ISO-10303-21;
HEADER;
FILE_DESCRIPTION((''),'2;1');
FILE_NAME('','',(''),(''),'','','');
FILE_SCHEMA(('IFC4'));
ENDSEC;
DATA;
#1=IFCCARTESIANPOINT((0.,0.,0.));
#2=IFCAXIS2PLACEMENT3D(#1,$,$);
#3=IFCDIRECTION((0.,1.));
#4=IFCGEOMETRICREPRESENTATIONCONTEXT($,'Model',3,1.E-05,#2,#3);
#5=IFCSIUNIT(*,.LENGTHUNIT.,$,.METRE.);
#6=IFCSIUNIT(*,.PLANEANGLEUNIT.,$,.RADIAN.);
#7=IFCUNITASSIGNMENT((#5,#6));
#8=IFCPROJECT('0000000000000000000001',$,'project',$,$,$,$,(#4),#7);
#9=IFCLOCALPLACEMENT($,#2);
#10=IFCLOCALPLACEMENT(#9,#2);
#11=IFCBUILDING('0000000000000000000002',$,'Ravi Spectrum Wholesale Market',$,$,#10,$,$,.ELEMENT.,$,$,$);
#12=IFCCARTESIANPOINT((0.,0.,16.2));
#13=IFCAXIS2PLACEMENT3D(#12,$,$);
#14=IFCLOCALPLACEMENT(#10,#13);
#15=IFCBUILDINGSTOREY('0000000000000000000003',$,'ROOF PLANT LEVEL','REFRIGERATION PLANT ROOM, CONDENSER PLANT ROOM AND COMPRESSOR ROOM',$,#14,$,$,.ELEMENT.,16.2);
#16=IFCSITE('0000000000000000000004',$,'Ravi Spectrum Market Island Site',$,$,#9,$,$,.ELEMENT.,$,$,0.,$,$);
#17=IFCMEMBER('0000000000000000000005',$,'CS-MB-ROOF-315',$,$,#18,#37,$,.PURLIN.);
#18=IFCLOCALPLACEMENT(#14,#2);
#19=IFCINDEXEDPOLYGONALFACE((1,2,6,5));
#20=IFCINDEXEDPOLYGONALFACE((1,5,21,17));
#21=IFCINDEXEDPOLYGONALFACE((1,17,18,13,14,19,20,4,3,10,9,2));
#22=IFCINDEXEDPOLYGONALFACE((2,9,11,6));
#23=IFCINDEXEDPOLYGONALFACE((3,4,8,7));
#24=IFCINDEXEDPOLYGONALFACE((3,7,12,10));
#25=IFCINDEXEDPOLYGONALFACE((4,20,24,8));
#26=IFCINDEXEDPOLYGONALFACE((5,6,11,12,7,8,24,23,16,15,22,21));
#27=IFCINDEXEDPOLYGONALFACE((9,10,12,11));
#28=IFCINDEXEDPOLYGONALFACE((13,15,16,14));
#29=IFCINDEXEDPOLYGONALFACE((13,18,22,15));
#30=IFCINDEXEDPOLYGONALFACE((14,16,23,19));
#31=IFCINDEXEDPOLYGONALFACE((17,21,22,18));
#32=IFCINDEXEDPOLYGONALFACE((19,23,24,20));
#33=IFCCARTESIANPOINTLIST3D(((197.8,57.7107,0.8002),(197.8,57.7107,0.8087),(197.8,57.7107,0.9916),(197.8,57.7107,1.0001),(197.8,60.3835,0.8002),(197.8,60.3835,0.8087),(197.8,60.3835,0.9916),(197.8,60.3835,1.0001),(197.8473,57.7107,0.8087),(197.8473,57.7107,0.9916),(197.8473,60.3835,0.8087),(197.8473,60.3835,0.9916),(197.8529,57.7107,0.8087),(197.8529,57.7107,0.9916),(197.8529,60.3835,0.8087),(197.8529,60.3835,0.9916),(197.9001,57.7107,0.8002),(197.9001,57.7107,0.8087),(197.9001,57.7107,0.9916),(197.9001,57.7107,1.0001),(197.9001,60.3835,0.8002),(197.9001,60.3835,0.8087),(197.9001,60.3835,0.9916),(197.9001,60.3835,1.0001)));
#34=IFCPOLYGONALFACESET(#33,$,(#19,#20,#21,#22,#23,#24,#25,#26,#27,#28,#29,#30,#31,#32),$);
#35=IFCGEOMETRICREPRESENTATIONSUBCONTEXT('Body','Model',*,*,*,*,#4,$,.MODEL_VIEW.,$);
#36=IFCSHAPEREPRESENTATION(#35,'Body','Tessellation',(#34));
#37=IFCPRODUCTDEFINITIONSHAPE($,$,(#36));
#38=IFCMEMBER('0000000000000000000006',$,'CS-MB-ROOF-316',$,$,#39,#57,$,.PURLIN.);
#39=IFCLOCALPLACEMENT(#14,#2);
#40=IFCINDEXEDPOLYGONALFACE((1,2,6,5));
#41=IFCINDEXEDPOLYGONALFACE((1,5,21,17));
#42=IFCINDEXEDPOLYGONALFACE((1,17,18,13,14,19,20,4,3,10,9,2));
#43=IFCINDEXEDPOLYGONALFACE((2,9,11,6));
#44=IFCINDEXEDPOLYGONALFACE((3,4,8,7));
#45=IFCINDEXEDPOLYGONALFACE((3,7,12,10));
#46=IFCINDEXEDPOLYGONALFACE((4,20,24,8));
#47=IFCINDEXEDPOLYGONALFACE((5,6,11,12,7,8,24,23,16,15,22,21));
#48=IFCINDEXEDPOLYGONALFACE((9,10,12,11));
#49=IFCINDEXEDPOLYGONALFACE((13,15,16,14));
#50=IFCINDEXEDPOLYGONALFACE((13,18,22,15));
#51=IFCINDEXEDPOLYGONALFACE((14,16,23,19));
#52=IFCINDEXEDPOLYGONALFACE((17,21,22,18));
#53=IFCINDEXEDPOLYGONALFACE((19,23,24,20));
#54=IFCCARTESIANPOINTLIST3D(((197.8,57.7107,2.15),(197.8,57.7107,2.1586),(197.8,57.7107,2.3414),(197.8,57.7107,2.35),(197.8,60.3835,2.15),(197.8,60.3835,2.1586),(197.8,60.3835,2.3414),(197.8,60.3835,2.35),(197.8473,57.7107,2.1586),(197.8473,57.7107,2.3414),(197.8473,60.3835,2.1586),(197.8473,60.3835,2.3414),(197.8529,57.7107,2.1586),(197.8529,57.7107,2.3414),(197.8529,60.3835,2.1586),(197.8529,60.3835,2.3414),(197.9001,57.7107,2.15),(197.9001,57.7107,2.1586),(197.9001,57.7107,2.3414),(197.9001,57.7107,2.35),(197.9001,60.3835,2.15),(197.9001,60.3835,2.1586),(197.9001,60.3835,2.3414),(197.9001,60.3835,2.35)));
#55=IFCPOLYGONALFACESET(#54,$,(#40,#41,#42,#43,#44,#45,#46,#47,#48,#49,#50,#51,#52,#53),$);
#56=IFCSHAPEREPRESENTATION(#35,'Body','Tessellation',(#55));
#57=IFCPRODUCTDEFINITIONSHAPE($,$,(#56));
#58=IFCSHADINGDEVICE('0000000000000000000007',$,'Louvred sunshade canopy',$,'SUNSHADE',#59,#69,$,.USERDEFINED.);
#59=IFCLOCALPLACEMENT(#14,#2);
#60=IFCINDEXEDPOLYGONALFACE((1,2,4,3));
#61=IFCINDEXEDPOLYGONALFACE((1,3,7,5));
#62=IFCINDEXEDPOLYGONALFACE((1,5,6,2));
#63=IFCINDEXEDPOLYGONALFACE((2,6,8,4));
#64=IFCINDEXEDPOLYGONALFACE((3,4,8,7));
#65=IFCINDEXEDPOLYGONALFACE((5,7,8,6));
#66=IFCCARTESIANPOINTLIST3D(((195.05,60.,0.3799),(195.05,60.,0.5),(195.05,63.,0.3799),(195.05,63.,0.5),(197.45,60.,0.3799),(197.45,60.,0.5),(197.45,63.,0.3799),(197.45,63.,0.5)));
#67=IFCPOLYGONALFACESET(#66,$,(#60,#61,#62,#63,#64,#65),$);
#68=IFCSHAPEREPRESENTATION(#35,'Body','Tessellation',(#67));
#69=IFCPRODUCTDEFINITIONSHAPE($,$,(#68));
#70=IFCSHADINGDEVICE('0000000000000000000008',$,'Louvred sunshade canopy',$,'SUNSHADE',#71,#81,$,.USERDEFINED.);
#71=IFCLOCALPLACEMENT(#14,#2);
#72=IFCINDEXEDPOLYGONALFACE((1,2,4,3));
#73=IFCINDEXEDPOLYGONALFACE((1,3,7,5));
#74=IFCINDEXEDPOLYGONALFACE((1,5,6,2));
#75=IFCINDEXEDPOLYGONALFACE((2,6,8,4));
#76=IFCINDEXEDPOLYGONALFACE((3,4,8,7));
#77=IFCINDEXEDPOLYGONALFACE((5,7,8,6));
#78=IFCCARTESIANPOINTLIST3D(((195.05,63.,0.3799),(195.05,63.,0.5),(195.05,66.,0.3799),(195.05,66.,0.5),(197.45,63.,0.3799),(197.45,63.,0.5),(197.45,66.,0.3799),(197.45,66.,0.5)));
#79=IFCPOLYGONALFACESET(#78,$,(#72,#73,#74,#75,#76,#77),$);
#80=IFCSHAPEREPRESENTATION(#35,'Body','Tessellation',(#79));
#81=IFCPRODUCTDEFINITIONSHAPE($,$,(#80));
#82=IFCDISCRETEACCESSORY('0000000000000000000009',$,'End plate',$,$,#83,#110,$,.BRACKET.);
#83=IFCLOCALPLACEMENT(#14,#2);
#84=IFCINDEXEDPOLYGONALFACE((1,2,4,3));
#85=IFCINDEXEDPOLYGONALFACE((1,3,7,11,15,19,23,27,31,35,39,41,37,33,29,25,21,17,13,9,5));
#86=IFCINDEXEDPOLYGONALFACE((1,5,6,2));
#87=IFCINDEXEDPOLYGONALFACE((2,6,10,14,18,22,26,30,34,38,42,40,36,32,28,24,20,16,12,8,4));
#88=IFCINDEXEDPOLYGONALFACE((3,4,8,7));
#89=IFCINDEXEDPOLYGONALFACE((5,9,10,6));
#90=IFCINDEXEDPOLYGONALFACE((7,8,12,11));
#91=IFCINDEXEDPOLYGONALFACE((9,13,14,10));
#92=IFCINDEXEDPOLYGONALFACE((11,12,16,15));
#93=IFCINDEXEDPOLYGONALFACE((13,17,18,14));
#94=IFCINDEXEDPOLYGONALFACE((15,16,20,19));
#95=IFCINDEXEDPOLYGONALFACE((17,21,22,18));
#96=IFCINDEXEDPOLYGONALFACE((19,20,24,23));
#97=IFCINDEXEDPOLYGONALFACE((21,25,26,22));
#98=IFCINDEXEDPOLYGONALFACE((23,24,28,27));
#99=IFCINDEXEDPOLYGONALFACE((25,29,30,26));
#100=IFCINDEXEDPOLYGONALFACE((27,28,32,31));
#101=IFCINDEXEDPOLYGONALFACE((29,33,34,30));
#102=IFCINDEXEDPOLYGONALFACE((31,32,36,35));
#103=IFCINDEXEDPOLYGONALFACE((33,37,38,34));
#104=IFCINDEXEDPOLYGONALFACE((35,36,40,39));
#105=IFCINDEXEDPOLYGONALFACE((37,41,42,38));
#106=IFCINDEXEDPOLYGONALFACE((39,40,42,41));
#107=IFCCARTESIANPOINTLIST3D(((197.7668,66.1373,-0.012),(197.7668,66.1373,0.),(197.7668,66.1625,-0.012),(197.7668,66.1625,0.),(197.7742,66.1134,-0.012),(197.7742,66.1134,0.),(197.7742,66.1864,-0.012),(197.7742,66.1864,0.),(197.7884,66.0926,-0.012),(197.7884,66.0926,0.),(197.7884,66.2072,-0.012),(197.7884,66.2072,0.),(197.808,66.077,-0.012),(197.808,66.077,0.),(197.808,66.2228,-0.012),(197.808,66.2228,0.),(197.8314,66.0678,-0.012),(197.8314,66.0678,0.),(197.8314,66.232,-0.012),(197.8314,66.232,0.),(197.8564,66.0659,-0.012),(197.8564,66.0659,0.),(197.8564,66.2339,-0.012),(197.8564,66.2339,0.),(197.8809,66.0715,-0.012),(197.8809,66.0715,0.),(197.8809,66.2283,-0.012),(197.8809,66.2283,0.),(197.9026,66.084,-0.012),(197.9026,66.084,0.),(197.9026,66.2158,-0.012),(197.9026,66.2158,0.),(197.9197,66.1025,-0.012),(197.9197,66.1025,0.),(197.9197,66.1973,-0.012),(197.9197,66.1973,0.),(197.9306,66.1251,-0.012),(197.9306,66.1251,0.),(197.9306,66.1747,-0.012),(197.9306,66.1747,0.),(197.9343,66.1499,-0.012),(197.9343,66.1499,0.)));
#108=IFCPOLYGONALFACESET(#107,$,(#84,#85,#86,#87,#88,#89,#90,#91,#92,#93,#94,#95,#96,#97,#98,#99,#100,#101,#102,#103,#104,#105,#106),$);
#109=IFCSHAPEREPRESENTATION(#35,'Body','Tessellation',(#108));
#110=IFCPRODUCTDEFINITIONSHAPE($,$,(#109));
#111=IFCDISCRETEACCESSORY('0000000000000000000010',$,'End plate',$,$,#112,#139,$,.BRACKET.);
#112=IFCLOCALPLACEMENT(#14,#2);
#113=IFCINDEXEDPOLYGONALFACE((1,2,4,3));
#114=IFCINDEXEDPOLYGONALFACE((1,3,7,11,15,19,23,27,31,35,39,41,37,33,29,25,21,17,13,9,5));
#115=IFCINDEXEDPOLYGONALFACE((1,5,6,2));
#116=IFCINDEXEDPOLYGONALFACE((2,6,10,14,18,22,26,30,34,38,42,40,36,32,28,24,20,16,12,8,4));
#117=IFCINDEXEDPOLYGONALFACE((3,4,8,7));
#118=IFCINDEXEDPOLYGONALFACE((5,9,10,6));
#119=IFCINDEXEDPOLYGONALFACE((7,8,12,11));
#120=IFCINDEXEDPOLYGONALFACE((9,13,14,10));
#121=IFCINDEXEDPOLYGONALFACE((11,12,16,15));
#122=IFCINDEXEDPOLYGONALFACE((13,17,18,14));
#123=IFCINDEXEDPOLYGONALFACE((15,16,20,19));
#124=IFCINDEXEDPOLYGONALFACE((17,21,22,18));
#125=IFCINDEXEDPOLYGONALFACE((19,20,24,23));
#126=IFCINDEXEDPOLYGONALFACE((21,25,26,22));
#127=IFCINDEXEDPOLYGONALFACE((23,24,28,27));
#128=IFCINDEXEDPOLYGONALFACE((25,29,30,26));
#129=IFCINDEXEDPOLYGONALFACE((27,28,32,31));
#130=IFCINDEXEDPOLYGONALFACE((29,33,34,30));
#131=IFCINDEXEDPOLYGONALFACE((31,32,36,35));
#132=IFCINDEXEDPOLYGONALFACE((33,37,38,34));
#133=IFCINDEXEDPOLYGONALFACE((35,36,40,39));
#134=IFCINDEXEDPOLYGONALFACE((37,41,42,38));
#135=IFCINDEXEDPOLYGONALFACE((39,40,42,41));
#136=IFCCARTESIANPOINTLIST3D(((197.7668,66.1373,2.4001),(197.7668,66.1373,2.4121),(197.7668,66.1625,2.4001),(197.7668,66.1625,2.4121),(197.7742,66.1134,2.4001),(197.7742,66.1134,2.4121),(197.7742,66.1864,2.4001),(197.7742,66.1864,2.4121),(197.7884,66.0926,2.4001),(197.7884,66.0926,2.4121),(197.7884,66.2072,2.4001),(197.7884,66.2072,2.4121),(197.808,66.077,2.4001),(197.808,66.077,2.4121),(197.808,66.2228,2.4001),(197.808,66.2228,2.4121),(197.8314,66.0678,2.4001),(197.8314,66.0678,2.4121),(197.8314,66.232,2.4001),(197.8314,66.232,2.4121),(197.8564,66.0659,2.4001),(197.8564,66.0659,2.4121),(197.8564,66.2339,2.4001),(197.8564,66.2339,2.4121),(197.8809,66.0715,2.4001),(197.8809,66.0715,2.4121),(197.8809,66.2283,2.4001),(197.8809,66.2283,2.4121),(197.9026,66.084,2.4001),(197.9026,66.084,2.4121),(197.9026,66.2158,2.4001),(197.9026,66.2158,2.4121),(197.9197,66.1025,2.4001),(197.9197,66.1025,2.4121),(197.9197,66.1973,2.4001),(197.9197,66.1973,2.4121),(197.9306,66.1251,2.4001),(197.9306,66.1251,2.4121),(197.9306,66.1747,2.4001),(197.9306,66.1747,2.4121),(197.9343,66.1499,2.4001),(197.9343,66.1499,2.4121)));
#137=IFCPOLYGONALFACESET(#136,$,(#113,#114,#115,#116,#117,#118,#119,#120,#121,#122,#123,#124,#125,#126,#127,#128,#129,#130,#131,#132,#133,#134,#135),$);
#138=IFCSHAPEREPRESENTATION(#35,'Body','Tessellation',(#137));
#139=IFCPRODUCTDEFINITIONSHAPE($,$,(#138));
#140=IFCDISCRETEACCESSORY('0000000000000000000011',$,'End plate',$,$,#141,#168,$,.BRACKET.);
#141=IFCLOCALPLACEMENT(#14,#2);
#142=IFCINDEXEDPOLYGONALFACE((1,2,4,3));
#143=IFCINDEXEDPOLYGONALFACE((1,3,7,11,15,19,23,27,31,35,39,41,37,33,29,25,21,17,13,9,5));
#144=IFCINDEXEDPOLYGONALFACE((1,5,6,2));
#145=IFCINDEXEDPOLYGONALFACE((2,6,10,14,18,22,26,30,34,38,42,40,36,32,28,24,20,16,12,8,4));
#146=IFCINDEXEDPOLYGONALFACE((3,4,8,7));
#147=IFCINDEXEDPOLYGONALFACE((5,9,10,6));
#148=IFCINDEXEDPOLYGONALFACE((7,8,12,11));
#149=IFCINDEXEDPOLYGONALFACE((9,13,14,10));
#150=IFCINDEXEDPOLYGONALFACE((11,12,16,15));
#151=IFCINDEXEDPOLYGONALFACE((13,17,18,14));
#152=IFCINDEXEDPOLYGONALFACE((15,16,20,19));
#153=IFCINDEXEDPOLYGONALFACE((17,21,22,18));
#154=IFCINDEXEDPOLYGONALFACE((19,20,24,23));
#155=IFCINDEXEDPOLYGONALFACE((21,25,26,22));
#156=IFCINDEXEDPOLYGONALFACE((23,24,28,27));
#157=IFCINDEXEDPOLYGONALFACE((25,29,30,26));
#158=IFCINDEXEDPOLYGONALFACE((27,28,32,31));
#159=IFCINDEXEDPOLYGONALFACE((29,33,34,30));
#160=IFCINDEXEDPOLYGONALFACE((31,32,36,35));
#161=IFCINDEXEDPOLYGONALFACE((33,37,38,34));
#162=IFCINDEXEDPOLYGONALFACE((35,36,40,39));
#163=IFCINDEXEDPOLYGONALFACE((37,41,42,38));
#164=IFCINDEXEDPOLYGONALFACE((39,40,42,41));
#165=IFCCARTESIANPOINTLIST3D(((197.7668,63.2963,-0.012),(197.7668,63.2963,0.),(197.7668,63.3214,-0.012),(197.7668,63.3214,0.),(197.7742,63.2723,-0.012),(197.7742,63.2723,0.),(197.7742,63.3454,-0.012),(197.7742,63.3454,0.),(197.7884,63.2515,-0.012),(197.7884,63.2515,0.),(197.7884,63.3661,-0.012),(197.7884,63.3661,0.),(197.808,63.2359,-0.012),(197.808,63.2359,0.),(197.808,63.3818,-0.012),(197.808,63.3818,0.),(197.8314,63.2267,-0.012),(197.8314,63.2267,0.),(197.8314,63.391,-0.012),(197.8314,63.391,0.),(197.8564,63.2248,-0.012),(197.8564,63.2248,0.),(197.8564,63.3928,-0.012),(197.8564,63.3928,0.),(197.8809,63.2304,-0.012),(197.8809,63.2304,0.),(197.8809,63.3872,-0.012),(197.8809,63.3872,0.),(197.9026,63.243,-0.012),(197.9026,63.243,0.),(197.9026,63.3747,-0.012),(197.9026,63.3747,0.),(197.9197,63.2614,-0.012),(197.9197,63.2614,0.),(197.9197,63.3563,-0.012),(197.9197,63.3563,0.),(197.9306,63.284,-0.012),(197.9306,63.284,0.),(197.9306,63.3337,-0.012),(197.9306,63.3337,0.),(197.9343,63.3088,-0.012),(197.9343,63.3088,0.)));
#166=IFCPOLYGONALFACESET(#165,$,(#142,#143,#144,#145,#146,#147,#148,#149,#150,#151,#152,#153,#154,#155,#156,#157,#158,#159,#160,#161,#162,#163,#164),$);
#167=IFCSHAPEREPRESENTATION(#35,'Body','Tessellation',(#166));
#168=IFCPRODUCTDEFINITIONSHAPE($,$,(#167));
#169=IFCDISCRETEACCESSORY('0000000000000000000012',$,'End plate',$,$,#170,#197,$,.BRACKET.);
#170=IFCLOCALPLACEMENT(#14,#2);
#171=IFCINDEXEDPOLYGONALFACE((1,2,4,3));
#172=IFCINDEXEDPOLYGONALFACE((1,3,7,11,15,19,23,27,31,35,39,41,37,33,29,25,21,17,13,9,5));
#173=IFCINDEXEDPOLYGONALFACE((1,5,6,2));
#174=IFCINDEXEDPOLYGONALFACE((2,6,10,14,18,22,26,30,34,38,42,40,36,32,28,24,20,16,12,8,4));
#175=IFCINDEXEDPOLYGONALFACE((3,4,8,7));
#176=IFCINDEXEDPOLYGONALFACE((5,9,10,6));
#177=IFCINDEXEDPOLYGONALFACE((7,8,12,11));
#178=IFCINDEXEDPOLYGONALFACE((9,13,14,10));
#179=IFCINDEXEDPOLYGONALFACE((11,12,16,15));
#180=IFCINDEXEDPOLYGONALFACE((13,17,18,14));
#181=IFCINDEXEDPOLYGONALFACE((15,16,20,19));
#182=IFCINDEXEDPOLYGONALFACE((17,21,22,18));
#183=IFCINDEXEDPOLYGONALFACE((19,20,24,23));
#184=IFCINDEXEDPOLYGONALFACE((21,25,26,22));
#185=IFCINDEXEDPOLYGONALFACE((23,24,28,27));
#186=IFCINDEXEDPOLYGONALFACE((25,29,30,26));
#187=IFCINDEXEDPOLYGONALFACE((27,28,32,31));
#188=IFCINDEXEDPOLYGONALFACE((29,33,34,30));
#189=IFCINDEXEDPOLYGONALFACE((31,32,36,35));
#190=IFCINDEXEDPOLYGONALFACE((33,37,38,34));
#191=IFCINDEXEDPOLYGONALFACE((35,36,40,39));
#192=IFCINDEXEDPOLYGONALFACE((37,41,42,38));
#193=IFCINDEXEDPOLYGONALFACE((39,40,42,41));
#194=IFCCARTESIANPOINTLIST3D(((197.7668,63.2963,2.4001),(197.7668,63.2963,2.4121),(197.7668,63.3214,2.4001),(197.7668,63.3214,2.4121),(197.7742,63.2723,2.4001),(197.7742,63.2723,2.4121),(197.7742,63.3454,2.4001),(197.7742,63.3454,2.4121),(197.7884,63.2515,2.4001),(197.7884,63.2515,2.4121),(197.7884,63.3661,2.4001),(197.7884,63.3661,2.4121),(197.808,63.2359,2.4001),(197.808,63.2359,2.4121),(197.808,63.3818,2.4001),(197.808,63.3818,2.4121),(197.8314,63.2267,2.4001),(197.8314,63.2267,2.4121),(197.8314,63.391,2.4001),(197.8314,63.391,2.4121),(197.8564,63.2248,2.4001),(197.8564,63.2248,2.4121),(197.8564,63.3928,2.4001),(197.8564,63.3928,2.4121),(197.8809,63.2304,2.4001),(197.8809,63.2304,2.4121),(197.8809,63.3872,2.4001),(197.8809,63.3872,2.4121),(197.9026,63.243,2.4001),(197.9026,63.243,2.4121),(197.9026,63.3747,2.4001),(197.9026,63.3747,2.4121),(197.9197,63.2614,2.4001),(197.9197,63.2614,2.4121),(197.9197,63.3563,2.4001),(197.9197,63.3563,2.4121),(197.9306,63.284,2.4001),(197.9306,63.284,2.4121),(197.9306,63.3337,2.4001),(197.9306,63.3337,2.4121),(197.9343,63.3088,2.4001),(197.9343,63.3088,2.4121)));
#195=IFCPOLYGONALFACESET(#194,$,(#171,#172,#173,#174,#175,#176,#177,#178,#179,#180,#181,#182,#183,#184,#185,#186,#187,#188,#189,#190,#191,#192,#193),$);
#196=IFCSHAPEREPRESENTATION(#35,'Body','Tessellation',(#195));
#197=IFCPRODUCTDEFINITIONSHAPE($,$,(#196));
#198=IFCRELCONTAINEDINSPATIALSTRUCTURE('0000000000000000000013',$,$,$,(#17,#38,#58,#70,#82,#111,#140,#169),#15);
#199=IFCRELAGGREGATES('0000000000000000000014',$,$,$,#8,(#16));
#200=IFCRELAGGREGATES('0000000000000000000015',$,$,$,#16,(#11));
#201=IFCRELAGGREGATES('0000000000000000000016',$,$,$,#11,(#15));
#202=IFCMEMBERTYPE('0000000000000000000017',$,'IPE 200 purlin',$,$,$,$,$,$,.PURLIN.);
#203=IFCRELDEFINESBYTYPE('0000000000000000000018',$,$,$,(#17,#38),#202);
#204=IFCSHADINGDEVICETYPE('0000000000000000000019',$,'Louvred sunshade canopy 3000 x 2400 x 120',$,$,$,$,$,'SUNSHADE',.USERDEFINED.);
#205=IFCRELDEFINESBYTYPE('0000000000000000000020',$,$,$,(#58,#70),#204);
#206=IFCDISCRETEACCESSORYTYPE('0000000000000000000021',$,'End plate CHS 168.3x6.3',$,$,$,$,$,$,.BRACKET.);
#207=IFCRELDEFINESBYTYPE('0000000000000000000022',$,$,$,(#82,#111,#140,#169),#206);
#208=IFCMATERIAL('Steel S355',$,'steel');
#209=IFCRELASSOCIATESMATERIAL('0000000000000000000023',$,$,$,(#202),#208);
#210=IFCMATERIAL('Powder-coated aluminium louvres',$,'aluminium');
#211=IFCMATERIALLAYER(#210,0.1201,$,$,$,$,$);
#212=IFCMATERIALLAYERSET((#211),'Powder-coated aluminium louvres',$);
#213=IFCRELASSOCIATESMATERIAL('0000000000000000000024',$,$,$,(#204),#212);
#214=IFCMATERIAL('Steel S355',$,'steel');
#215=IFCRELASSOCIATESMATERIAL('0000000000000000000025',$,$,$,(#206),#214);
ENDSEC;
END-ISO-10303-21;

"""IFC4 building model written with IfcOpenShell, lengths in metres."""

from ifc_helpers import new_model, si_unit, direction, frame, origin, origin_2d, place, context, subcontext, project, spatial, rectangle, circle, i_section, extrude, material, layer, layer_set, material_profile, profile_set, type_object, element, save


model = new_model("IFC4")

# Units and contexts
model_context = context("Model", 3, precision=1e-05, world=origin(), true_north=direction((0.0, 1.0)))
body_context = subcontext(model_context, "Body", "Model", "MODEL_VIEW")
ifc_project = project(units=[si_unit("LENGTHUNIT", "METRE"), si_unit("PLANEANGLEUNIT", "RADIAN")], contexts=[model_context])

# Site, building, storey
site_placement = place(None, origin())
site = spatial("IfcSite", under=ifc_project, at=site_placement, Name="Ravi Spectrum Market Island Site", CompositionType="ELEMENT", RefElevation=0.0)
building_placement = place(site_placement, origin())
building = spatial("IfcBuilding", under=site, at=building_placement, Name="Ravi Spectrum Wholesale Market", CompositionType="ELEMENT")
storey_placement = place(building_placement, frame((0.0, 0.0, 16.2)))
storey = spatial("IfcBuildingStorey", under=building, at=storey_placement, Name="ROOF PLANT LEVEL", Description="REFRIGERATION PLANT ROOM, CONDENSER PLANT ROOM AND COMPRESSOR ROOM", CompositionType="ELEMENT", Elevation=16.2)

# Members
ifc_material_1 = material(Name="Steel S355", Category="steel")
ifc_material_profile_1 = material_profile(ifc_material_1, i_section(OverallWidth=0.1001, OverallDepth=0.2, WebThickness=0.0056, FlangeThickness=0.0085, at=origin_2d()))
ifc_profile_set_1 = profile_set([ifc_material_profile_1], Name="Steel S355")
member_type_1 = type_object("IfcMemberType", Name="IPE 200 purlin", PredefinedType="PURLIN", material=ifc_profile_set_1)
for number, where, z_axis, x_axis, name in (
    (1, (197.8501, 60.3835, 0.9001), (0.0, -1.0, 0.0), (1.0, 0.0, 0.0), "CS-MB-ROOF-315"),
    (2, (197.8501, 60.3835, 2.25), (0.0, -1.0, 0.0), (1.0, 0.0, 0.0), "CS-MB-ROOF-316"),
):
    element("IfcMember", number, at=place(storey_placement, frame(where, z_axis=z_axis, x_axis=x_axis)), inside=storey, type_object=member_type_1, Name=name, PredefinedType="PURLIN", context=body_context, shape_type="SweptSolid", body=[
        extrude(i_section(OverallWidth=0.1001, OverallDepth=0.2, WebThickness=0.0056, FlangeThickness=0.0085, at=origin_2d()), origin(), (0.0, 0.0, 1.0), 2.6729),
    ])

# Shading devices
ifc_material_2 = material(Name="Powder-coated aluminium louvres", Category="aluminium")
ifc_layer = layer(ifc_material_2, 0.1201)
ifc_layer_set = layer_set([ifc_layer], Name="Powder-coated aluminium louvres")
shading_device_type = type_object("IfcShadingDeviceType", Name="Louvred sunshade canopy 3000 x 2400 x 120", ElementType="SUNSHADE", PredefinedType="USERDEFINED", material=ifc_layer_set)
for number, where, z_axis, x_axis, name in (
    (3, (196.25, 61.5, 0.3799), (0.0, 0.0, 1.0), (1.0, 0.0, 0.0), "Louvred sunshade canopy"),
    (4, (196.25, 64.5, 0.3799), (0.0, 0.0, 1.0), (1.0, 0.0, 0.0), "Louvred sunshade canopy"),
):
    element("IfcShadingDevice", number, at=place(storey_placement, frame(where, z_axis=z_axis, x_axis=x_axis)), inside=storey, type_object=shading_device_type, Name=name, ObjectType="SUNSHADE", PredefinedType="USERDEFINED", context=body_context, shape_type="SweptSolid", body=[
        extrude(rectangle(XDim=2.3999, YDim=3.0, at=origin_2d()), origin(), (0.0, 0.0, 1.0), 0.1201),
    ])

# Discrete accessories
ifc_material_3 = material(Name="Steel S355", Category="steel")
ifc_material_profile_2 = material_profile(ifc_material_3, circle(Radius=0.0842, at=origin_2d()))
ifc_profile_set_2 = profile_set([ifc_material_profile_2], Name="Steel S355")
discrete_accessory_type_1 = type_object("IfcDiscreteAccessoryType", Name="End plate CHS 168.3x6.3", PredefinedType="BRACKET", material=ifc_profile_set_2)
for number, where, z_axis, x_axis, name in (
    (5, (197.8501, 66.1499, 0.0), (0.0, 0.0, -1.0), (1.0, 0.0, 0.0), "End plate"),
    (6, (197.8501, 66.1499, 2.4001), (0.0, 0.0, 1.0), (1.0, 0.0, 0.0), "End plate"),
    (7, (197.8501, 63.3088, 0.0), (0.0, 0.0, -1.0), (1.0, 0.0, 0.0), "End plate"),
    (8, (197.8501, 63.3088, 2.4001), (0.0, 0.0, 1.0), (1.0, 0.0, 0.0), "End plate"),
):
    element("IfcDiscreteAccessory", number, at=place(storey_placement, frame(where, z_axis=z_axis, x_axis=x_axis)), inside=storey, type_object=discrete_accessory_type_1, Name=name, PredefinedType="BRACKET", context=body_context, shape_type="SweptSolid", body=[
        extrude(circle(Radius=0.0842, at=origin_2d()), origin(), (0.0, 0.0, 1.0), 0.012),
    ])

save(model, "model.ifc")
